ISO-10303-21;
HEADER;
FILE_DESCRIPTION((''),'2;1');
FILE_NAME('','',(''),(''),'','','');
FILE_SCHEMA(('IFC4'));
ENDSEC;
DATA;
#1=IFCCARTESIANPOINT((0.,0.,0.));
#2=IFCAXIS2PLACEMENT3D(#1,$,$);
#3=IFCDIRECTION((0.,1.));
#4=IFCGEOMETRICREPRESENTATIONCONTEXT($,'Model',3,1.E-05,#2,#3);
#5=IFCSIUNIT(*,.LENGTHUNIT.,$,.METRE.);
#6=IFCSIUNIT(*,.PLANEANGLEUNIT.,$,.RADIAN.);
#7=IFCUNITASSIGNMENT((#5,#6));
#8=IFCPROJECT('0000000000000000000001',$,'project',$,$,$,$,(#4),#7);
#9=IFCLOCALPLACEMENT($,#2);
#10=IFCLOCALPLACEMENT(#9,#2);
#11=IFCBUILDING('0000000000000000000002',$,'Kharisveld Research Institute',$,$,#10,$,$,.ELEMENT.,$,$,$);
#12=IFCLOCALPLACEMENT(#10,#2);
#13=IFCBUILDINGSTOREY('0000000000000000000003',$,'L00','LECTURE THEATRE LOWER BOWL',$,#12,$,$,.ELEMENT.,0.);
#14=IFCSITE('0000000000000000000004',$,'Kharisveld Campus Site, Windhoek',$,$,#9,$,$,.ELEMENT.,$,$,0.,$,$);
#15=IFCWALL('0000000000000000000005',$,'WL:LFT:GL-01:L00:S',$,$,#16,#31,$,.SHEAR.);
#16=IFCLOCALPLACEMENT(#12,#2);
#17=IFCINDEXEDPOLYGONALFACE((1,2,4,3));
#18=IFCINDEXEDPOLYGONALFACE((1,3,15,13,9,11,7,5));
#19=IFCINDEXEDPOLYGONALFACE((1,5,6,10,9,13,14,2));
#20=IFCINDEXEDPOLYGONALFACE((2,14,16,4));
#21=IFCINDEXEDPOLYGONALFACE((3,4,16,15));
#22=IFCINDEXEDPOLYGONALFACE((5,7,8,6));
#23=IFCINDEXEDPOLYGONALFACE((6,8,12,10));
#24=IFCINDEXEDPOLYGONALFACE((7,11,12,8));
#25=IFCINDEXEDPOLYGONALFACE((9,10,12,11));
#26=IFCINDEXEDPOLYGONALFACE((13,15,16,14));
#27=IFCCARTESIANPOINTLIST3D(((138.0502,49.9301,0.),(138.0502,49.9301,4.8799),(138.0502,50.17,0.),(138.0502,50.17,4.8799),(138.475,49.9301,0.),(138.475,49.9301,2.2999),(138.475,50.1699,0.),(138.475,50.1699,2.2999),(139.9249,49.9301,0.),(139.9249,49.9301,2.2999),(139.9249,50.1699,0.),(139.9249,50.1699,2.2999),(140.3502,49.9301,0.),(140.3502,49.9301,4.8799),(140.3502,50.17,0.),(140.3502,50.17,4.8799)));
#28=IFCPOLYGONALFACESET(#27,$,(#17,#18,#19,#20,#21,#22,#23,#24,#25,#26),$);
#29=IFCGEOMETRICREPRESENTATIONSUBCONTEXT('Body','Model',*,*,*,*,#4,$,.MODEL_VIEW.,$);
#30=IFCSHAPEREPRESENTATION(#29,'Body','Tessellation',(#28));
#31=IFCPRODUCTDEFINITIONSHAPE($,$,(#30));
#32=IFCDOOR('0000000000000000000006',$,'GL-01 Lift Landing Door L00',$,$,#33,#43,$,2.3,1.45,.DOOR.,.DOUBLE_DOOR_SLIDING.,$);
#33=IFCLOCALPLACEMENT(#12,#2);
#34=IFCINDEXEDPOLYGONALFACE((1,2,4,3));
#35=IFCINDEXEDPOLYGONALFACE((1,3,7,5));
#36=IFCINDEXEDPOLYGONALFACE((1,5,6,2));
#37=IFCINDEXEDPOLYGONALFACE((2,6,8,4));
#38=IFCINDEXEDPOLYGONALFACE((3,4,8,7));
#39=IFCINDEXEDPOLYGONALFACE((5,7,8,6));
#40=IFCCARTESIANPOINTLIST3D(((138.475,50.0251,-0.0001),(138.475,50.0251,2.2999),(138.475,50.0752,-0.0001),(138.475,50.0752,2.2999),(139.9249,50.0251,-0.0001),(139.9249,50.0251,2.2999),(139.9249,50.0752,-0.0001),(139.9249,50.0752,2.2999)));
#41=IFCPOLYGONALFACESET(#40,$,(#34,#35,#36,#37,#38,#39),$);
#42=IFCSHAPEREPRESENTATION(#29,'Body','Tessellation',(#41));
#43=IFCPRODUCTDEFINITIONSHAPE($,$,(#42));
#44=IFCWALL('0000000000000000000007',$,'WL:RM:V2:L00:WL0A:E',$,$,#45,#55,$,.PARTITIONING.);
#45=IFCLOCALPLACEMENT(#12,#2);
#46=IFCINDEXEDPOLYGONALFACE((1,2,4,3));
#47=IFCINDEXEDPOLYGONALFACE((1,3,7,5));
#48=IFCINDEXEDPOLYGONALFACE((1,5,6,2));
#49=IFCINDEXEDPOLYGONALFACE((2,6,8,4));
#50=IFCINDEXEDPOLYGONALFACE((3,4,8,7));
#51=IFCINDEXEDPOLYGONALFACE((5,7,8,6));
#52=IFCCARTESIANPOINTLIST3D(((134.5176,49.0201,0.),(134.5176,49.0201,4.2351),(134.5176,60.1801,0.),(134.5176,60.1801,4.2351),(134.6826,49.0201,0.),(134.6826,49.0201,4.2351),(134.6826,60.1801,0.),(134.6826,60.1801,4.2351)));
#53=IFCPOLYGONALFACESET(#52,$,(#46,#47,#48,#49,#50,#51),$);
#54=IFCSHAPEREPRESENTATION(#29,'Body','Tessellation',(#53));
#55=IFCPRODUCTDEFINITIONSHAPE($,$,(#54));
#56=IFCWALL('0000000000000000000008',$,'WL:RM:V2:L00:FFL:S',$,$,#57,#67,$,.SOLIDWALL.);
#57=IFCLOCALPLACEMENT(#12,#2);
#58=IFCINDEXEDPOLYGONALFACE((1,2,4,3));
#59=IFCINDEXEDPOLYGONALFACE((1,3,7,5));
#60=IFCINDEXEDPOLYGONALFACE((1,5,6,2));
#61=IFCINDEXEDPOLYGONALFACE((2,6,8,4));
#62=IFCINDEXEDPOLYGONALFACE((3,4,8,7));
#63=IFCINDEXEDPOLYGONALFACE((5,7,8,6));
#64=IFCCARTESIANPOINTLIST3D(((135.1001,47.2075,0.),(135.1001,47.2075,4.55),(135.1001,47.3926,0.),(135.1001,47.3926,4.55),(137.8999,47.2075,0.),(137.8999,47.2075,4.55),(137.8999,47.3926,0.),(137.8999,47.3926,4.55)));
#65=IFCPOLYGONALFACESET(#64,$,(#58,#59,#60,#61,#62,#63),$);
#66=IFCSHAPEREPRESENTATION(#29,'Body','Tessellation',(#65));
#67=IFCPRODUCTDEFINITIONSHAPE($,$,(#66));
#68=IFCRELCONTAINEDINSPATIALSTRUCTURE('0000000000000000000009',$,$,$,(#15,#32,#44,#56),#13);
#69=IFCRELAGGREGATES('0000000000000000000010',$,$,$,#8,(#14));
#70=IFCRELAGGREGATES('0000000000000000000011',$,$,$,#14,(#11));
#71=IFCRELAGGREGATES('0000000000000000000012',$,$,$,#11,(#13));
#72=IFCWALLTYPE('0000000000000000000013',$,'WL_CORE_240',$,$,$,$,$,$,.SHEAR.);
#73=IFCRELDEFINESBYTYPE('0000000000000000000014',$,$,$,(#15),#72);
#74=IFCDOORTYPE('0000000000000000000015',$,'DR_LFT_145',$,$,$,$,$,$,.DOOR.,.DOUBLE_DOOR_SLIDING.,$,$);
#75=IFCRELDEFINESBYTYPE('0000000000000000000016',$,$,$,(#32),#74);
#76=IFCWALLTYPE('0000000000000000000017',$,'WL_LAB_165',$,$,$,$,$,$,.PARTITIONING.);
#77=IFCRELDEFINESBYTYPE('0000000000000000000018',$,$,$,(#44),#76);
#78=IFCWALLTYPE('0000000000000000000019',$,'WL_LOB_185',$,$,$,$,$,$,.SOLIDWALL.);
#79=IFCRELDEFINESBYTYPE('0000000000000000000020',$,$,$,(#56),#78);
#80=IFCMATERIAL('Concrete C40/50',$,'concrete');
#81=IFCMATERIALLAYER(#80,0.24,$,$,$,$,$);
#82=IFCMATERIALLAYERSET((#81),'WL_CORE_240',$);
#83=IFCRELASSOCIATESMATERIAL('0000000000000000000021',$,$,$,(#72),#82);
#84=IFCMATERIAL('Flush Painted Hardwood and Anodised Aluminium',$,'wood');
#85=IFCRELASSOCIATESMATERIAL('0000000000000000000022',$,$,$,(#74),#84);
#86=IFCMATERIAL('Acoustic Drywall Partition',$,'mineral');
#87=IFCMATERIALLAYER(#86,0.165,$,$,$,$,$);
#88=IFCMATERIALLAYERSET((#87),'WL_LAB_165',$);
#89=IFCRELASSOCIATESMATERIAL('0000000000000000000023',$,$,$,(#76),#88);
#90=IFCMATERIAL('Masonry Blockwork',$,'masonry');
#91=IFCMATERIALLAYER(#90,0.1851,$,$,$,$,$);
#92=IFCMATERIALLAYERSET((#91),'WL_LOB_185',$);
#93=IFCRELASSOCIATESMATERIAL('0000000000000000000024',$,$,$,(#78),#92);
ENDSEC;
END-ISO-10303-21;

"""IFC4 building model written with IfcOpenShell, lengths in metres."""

from ifc_helpers import new_model, si_unit, direction, frame, frame_2d, origin, place, context, subcontext, project, spatial, rectangle, extrude, material, layer, layer_set, type_object, element, fill, save


model = new_model("IFC4")

# Units and contexts
model_context = context("Model", 3, precision=1e-05, world=origin(), true_north=direction((0.0, 1.0)))
body_context = subcontext(model_context, "Body", "Model", "MODEL_VIEW")
ifc_project = project(units=[si_unit("LENGTHUNIT", "METRE"), si_unit("PLANEANGLEUNIT", "RADIAN")], contexts=[model_context])

# Site, building, storey
site_placement = place(None, origin())
site = spatial("IfcSite", under=ifc_project, at=site_placement, Name="Kharisveld Campus Site, Windhoek", CompositionType="ELEMENT", RefElevation=0.0)
building_placement = place(site_placement, origin())
building = spatial("IfcBuilding", under=site, at=building_placement, Name="Kharisveld Research Institute", CompositionType="ELEMENT")
storey_placement = place(building_placement, origin())
storey = spatial("IfcBuildingStorey", under=building, at=storey_placement, Name="L00", Description="LECTURE THEATRE LOWER BOWL", CompositionType="ELEMENT", Elevation=0.0)

# Shared definitions
ifc_material_1 = material(Name="Concrete C40/50", Category="concrete")
ifc_layer_1 = layer(ifc_material_1, 0.24)
ifc_layer_set_1 = layer_set([ifc_layer_1], Name="WL_CORE_240")
wall_type_1 = type_object("IfcWallType", Name="WL_CORE_240", PredefinedType="SHEAR", material=ifc_layer_set_1)

# Wall, opening, door
wall_1_placement = place(storey_placement, frame((140.3501, 50.05, 0.0), z_axis=(0.0, 0.0, 1.0), x_axis=(-1.0, 0.0, 0.0)))
wall_1 = element("IfcWall", 1, at=wall_1_placement, inside=storey, type_object=wall_type_1, Name="WL:LFT:GL-01:L00:S", PredefinedType="SHEAR", context=body_context, shape_type="SweptSolid", body=[
    extrude(rectangle(XDim=2.3, YDim=0.24, at=frame_2d((1.1499, 0.0))), origin(), (0.0, 0.0, 1.0), 4.8799),
])
opening_1_placement = place(wall_1_placement, frame((0.425, 0.0, 0.0)))
opening_1 = element("IfcOpeningElement", 2, at=opening_1_placement, cuts=wall_1, PredefinedType="OPENING", context=body_context, shape_type="SweptSolid", body=[
    extrude(rectangle(XDim=1.45, YDim=2.3, at=frame_2d((0.7251, 1.1499))), frame((0.0, 0.1201, 0.0), z_axis=(0.0, -1.0, 0.0), x_axis=(1.0, 0.0, 0.0)), (0.0, 0.0, 1.0), 0.24),
])
ifc_material_2 = material(Name="Flush Painted Hardwood and Anodised Aluminium", Category="wood")
door_type_1 = type_object("IfcDoorType", Name="DR_LFT_145", OperationType="DOUBLE_DOOR_SLIDING", PredefinedType="DOOR", material=ifc_material_2)
door_1_placement = place(opening_1_placement, origin())
door_1 = element("IfcDoor", 3, at=door_1_placement, inside=storey, type_object=door_type_1, Name="GL-01 Lift Landing Door L00", OperationType="DOUBLE_DOOR_SLIDING", OverallHeight=2.3, OverallWidth=1.45, PredefinedType="DOOR", context=body_context, shape_type="SweptSolid", body=[
    extrude(rectangle(XDim=1.45, YDim=2.3, at=frame_2d((0.7251, 1.1499))), frame((0.0, 0.0249, 0.0), z_axis=(0.0, -1.0, 0.0), x_axis=(1.0, 0.0, 0.0)), (0.0, 0.0, 1.0), 0.05),
])
fill(opening_1, door_1)

# Walls
ifc_material_3 = material(Name="Acoustic Drywall Partition", Category="mineral")
ifc_layer_2 = layer(ifc_material_3, 0.165)
ifc_layer_set_2 = layer_set([ifc_layer_2], Name="WL_LAB_165")
wall_type_2 = type_object("IfcWallType", Name="WL_LAB_165", PredefinedType="PARTITIONING", material=ifc_layer_set_2)
wall_2_placement = place(storey_placement, frame((134.6001, 49.02, 0.0), z_axis=(0.0, 0.0, 1.0), x_axis=(0.0, 1.0, 0.0)))
element("IfcWall", 4, at=wall_2_placement, inside=storey, type_object=wall_type_2, Name="WL:RM:V2:L00:WL0A:E", PredefinedType="PARTITIONING", context=body_context, shape_type="SweptSolid", body=[
    extrude(rectangle(XDim=11.1599, YDim=0.165, at=frame_2d((5.5801, 0.0))), origin(), (0.0, 0.0, 1.0), 4.2351),
])
ifc_material_4 = material(Name="Masonry Blockwork", Category="masonry")
ifc_layer_3 = layer(ifc_material_4, 0.1851)
ifc_layer_set_3 = layer_set([ifc_layer_3], Name="WL_LOB_185")
wall_type_3 = type_object("IfcWallType", Name="WL_LOB_185", PredefinedType="SOLIDWALL", material=ifc_layer_set_3)
wall_3_placement = place(storey_placement, frame((135.1001, 47.3, 0.0), z_axis=(0.0, 0.0, 1.0), x_axis=(1.0, 0.0, 0.0)))
element("IfcWall", 5, at=wall_3_placement, inside=storey, type_object=wall_type_3, Name="WL:RM:V2:L00:FFL:S", PredefinedType="SOLIDWALL", context=body_context, shape_type="SweptSolid", body=[
    extrude(rectangle(XDim=2.7998, YDim=0.1851, at=frame_2d((1.3999, 0.0))), origin(), (0.0, 0.0, 1.0), 4.55),
])

save(model, "model.ifc")
